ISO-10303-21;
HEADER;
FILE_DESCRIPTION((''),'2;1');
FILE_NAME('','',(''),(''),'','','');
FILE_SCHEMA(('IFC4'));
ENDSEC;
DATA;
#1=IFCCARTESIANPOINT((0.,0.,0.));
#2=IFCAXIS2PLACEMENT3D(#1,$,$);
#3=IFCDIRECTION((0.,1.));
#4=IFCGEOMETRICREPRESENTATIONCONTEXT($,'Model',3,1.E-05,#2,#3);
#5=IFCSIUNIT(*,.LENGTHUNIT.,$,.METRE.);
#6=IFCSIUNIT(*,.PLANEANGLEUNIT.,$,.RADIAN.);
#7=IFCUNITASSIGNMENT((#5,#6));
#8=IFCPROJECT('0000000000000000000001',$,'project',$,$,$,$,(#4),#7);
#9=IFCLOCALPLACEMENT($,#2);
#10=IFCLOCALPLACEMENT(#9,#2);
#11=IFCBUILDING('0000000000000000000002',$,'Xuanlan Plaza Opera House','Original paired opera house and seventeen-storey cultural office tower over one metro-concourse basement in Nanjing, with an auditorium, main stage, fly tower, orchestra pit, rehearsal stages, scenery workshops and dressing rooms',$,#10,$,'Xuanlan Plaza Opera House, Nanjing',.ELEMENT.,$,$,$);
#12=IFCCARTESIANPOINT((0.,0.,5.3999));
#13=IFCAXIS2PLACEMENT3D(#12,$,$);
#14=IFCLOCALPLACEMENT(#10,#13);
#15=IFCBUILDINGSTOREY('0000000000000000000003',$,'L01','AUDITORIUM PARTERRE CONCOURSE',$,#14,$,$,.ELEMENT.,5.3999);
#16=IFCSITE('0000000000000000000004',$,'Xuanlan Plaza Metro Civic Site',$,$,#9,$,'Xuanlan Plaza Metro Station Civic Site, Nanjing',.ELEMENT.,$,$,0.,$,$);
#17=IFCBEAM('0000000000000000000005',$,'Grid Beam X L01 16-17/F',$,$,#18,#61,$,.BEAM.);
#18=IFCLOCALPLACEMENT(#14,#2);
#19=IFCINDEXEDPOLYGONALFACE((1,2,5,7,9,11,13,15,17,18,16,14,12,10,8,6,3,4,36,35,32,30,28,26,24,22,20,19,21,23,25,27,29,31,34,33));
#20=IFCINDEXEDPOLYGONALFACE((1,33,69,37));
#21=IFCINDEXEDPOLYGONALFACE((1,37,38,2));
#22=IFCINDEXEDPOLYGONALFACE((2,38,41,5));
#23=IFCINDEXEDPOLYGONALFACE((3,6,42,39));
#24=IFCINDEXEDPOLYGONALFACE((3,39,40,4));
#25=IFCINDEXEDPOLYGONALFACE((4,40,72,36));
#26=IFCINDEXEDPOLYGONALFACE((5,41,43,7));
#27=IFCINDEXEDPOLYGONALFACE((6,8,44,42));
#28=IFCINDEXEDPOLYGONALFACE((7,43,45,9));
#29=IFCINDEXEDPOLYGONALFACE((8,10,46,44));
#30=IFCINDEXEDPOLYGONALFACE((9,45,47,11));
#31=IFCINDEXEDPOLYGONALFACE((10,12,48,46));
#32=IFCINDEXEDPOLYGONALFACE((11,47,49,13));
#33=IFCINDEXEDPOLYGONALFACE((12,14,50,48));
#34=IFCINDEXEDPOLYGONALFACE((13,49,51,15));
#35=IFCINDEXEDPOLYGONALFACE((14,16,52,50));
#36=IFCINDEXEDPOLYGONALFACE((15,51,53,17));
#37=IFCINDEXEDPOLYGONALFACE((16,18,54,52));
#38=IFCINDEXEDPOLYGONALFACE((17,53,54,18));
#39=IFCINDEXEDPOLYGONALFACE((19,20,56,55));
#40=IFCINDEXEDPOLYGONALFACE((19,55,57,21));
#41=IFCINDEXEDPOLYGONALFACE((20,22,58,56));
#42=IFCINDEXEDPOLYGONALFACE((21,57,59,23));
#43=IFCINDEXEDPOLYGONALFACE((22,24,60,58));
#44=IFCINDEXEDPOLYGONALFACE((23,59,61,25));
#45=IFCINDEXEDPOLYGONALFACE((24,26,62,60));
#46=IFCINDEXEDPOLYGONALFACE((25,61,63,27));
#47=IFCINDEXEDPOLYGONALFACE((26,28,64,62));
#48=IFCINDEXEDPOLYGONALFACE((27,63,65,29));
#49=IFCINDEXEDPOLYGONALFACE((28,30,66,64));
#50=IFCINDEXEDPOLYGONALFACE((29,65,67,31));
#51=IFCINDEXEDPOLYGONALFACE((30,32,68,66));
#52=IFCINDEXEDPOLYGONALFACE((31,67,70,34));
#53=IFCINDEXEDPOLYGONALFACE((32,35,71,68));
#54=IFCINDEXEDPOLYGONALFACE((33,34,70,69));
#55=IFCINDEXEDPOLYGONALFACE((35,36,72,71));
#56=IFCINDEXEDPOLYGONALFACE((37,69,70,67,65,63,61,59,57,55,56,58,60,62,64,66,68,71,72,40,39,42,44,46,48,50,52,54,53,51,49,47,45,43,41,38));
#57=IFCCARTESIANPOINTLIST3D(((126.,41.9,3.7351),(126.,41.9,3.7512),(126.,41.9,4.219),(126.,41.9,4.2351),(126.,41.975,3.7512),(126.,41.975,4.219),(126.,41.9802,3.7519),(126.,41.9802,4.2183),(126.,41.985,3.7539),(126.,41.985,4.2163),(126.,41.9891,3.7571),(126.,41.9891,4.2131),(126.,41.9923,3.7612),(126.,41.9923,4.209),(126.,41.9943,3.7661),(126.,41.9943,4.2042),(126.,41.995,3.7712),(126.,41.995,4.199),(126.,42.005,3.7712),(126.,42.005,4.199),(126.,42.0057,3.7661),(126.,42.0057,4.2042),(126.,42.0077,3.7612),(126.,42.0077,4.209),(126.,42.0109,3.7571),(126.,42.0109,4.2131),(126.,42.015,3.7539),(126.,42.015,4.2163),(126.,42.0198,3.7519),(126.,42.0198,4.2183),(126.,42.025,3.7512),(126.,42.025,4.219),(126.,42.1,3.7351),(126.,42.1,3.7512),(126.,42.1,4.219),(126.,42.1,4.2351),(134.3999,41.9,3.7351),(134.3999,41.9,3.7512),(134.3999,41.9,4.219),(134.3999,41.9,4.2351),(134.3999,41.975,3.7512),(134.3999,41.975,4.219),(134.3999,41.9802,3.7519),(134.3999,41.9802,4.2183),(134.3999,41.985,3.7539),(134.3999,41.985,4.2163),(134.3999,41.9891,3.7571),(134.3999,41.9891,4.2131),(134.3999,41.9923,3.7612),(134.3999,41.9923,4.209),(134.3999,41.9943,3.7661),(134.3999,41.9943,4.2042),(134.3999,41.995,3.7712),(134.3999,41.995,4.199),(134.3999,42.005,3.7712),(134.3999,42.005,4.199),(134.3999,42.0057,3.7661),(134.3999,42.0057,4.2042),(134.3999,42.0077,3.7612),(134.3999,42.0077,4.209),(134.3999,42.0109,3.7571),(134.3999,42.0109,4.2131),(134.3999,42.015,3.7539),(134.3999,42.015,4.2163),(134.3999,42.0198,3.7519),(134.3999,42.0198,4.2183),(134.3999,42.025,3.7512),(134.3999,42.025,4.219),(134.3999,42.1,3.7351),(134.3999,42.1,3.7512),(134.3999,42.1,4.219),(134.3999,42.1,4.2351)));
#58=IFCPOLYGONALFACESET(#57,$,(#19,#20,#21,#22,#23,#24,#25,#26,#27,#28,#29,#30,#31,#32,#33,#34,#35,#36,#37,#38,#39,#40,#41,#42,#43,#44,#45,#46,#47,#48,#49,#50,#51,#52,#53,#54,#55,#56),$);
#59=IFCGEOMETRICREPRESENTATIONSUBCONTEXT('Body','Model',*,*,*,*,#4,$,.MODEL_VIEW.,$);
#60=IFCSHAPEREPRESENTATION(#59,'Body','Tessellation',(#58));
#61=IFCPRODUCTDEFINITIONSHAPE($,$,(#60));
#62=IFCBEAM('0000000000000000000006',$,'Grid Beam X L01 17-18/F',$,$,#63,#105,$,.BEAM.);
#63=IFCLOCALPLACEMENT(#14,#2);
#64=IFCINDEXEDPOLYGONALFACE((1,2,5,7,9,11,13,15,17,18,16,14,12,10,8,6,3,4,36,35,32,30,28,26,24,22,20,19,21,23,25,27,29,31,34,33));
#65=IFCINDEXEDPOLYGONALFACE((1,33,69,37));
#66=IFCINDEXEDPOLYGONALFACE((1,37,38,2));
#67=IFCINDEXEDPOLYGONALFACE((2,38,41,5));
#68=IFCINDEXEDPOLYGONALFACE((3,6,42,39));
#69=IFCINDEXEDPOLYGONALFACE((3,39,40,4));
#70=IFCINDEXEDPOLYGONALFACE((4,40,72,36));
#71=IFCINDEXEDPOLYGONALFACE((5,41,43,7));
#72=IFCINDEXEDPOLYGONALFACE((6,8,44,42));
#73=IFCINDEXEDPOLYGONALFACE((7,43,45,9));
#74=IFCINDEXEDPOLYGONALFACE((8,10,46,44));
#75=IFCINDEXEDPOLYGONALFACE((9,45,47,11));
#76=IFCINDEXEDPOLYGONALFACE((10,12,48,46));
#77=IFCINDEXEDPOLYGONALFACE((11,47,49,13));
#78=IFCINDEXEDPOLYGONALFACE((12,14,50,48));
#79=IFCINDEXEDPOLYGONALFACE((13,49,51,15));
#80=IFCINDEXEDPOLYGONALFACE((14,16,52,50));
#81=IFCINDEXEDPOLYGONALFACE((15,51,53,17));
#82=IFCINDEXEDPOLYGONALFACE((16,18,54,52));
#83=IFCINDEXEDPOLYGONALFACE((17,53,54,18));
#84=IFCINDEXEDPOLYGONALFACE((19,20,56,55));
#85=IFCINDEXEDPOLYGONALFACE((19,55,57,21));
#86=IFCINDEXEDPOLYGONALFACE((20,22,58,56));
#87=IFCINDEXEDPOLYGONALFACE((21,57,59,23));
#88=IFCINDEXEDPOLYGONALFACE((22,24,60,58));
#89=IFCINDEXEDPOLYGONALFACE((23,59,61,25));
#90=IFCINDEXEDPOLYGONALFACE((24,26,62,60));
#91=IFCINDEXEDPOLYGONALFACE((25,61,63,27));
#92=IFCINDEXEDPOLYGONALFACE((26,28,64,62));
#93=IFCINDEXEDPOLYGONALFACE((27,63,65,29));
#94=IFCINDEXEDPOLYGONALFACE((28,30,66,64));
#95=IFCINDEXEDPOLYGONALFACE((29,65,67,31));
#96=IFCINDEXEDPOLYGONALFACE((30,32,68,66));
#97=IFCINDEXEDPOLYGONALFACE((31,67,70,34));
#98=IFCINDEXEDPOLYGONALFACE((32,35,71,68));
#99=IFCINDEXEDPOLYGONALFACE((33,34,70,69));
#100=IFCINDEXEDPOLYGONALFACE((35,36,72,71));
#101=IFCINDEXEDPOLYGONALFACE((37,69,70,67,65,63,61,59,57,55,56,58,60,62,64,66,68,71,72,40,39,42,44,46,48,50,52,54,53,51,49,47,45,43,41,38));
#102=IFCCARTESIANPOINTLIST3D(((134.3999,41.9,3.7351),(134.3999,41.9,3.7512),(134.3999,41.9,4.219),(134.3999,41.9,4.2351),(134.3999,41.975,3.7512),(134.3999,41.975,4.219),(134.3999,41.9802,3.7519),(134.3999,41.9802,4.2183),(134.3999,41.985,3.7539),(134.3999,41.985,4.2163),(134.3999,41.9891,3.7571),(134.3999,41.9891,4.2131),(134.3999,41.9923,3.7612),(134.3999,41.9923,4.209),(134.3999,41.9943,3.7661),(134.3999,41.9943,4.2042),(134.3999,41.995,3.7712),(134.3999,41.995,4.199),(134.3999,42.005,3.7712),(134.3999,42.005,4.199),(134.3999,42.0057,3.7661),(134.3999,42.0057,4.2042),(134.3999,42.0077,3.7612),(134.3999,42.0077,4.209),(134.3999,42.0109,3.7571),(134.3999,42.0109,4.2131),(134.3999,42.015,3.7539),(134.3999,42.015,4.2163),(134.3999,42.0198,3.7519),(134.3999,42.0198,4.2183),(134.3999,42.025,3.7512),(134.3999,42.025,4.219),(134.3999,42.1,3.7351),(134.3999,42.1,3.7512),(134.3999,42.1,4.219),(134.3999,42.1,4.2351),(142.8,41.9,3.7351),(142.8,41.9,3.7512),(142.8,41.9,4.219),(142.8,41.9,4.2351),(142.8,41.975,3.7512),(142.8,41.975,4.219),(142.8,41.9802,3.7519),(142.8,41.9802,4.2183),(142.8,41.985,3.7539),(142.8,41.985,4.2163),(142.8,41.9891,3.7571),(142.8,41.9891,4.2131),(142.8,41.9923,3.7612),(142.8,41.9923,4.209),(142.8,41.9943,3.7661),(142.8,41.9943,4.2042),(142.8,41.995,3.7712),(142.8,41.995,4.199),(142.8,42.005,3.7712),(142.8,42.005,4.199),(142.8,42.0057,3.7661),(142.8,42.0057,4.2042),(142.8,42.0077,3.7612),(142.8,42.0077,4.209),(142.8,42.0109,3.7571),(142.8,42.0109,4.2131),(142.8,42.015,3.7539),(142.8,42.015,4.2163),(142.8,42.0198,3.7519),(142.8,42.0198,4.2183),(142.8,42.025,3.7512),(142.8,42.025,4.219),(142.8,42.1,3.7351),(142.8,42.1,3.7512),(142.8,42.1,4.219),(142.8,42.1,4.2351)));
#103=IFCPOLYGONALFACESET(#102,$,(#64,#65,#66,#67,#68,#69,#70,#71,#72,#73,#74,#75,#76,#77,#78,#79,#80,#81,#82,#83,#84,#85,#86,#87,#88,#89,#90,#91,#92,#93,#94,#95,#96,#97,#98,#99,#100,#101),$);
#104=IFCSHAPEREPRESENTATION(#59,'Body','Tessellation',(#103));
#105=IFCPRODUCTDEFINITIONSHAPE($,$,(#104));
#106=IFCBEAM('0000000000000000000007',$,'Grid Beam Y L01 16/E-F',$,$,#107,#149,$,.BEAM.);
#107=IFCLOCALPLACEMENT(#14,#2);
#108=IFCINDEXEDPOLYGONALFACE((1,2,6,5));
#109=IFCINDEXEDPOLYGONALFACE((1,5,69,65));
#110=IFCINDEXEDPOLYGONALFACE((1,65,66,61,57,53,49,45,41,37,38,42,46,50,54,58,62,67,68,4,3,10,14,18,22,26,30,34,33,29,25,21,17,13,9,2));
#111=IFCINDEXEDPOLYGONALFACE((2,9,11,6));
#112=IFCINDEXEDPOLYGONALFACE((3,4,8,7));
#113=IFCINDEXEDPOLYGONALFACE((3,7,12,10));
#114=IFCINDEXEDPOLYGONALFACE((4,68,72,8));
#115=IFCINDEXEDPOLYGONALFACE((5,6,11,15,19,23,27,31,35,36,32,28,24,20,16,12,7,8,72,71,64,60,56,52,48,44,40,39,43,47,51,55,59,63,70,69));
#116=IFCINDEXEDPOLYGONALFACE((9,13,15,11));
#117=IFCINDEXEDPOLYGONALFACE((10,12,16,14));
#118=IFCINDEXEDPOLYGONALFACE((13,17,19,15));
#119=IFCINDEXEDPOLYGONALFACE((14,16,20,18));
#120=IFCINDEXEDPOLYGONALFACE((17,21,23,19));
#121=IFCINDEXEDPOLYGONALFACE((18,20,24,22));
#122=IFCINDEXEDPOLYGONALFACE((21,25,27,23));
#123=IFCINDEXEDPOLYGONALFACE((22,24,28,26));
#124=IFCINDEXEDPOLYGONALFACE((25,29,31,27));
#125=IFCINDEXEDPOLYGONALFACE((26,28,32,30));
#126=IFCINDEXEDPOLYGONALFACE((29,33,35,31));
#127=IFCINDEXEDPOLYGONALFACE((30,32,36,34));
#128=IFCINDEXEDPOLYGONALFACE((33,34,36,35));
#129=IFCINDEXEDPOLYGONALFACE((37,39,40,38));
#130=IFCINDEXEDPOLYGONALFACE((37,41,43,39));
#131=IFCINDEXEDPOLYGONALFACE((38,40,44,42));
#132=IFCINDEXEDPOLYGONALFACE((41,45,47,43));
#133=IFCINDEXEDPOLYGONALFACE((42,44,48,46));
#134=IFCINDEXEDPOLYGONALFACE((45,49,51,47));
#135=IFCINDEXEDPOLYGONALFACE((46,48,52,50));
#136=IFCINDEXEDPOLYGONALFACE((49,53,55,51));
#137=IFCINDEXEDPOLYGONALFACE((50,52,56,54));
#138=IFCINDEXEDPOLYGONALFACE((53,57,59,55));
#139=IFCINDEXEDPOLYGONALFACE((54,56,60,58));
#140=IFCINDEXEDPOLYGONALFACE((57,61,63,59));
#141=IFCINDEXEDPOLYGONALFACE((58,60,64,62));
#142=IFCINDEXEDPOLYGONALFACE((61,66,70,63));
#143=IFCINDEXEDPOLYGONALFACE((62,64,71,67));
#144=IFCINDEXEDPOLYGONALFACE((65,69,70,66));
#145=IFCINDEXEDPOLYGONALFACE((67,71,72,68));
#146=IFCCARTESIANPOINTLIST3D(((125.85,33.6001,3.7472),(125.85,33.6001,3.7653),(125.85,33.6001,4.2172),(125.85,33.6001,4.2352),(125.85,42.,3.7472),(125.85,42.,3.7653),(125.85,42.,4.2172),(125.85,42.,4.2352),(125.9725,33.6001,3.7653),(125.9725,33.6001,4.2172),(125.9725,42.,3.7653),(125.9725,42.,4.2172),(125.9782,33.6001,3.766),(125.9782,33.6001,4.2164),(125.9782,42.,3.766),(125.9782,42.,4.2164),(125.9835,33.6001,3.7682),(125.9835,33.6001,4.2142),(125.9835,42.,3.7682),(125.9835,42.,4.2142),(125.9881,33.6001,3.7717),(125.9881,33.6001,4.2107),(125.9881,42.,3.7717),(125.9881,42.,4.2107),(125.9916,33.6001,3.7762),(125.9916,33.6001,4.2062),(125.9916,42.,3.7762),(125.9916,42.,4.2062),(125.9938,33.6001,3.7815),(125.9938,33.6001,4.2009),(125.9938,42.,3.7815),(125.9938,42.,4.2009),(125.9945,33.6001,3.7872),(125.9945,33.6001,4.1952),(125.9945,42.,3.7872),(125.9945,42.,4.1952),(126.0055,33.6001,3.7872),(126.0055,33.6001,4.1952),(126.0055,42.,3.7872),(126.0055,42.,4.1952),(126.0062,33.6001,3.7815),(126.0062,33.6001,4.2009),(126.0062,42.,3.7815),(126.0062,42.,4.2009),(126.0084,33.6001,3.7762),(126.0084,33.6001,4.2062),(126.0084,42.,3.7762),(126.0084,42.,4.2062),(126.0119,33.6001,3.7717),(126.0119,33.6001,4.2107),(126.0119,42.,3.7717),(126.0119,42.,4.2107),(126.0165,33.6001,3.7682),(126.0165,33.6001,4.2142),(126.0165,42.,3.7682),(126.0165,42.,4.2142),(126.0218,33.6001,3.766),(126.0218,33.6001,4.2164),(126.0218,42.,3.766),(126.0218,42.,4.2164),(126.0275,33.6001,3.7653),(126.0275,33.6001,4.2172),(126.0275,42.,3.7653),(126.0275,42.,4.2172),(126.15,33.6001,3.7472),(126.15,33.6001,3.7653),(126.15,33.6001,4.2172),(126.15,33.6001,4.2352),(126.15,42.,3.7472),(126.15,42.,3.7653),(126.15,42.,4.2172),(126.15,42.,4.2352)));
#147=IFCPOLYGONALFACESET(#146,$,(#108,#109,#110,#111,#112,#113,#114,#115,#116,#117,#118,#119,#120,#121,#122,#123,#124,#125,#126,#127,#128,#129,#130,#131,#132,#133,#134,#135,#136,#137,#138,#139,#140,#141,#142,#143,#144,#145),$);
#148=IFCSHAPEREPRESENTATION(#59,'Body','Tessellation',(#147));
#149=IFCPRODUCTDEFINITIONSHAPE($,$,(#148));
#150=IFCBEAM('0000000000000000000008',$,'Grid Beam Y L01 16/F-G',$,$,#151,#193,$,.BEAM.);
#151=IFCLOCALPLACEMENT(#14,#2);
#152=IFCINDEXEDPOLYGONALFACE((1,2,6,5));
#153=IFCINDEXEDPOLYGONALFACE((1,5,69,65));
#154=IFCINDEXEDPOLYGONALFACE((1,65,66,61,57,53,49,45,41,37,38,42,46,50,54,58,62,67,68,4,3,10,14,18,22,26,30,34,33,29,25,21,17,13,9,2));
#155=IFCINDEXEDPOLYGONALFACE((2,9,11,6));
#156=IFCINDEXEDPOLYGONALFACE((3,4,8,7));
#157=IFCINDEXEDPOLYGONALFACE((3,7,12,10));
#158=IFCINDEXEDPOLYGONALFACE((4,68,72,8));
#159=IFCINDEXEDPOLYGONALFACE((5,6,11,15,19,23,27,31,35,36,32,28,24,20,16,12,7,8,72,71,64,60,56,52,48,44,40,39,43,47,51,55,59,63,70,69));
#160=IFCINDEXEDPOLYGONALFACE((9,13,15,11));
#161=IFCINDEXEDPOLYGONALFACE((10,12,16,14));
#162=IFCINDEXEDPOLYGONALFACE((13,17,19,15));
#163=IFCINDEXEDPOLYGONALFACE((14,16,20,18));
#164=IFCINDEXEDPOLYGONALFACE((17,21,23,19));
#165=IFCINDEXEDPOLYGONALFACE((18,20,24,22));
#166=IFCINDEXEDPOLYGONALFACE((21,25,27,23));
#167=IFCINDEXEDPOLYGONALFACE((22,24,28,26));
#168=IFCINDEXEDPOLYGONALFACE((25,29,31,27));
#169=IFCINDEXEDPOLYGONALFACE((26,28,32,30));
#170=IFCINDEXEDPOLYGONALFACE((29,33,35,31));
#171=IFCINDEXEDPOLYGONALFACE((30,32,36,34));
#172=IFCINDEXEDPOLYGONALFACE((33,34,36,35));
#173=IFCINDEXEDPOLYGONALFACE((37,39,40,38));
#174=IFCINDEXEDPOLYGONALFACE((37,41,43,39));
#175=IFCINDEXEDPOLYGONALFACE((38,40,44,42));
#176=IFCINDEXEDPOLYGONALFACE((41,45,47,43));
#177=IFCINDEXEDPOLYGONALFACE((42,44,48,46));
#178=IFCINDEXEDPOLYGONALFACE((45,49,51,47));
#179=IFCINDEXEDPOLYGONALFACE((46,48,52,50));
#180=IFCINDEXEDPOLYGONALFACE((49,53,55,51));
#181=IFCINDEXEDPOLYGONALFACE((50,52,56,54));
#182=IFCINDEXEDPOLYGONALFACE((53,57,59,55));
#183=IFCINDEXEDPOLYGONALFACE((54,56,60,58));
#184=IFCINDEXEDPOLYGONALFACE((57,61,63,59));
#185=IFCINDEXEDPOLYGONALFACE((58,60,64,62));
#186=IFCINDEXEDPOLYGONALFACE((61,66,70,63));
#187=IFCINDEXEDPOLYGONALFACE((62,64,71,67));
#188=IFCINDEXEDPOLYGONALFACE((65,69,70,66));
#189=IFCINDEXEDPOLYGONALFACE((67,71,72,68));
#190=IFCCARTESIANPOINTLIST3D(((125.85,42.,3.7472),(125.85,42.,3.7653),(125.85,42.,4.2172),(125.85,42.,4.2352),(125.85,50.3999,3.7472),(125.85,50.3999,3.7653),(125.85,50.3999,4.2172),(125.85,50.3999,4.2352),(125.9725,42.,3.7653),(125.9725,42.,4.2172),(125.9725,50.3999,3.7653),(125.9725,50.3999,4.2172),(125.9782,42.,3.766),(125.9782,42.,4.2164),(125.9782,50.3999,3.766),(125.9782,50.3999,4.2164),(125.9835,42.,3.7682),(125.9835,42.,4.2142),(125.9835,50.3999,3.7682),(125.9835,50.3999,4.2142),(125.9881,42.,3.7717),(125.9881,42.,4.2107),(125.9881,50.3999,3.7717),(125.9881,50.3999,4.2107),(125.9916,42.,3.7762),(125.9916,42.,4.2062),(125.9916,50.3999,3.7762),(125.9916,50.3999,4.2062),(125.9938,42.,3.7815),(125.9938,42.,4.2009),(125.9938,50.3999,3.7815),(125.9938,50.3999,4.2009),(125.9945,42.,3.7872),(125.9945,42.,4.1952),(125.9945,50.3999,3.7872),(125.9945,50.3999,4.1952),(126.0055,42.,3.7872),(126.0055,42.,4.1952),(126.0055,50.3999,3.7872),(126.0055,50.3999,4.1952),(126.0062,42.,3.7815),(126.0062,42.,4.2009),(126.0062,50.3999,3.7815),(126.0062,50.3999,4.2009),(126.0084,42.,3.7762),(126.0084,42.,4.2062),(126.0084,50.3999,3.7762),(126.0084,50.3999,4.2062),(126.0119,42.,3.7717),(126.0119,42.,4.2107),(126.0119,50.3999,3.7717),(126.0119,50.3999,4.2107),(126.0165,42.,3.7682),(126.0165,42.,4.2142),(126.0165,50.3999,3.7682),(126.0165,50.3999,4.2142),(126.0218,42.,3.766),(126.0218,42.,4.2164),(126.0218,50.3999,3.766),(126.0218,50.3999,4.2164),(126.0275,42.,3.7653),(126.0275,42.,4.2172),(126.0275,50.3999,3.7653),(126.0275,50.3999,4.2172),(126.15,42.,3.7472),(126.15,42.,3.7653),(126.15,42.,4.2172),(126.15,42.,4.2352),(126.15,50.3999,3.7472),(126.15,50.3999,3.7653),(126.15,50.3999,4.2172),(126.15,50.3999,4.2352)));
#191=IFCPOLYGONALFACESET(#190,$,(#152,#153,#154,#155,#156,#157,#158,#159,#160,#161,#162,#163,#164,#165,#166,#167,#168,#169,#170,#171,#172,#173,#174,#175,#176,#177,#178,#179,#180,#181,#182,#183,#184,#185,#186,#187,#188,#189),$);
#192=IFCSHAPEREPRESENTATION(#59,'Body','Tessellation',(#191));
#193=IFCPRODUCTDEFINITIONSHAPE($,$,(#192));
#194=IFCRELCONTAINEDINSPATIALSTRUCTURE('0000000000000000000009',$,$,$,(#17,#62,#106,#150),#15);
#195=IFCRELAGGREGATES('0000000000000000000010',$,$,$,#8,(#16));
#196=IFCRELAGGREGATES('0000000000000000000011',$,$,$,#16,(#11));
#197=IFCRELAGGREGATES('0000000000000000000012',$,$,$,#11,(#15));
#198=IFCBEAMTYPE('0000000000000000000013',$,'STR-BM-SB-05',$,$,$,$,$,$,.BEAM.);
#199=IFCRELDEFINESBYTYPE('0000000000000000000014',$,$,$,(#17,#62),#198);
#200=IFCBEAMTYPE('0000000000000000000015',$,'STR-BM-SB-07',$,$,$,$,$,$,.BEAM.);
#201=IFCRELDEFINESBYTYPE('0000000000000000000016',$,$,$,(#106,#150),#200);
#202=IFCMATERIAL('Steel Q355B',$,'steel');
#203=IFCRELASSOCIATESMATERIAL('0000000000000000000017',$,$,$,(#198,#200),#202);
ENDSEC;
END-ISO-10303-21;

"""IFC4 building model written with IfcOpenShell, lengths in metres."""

from ifc_helpers import new_model, si_unit, direction, frame, origin, origin_2d, place, context, subcontext, project, spatial, i_section, extrude, material, material_profile, profile_set, type_object, element, save


model = new_model("IFC4")

# Units and contexts
model_context = context("Model", 3, precision=1e-05, world=origin(), true_north=direction((0.0, 1.0)))
body_context = subcontext(model_context, "Body", "Model", "MODEL_VIEW")
ifc_project = project(units=[si_unit("LENGTHUNIT", "METRE"), si_unit("PLANEANGLEUNIT", "RADIAN")], contexts=[model_context])

# Site, building, storey
site_placement = place(None, origin())
site = spatial("IfcSite", under=ifc_project, at=site_placement, Name="Xuanlan Plaza Metro Civic Site", LongName="Xuanlan Plaza Metro Station Civic Site, Nanjing", CompositionType="ELEMENT", RefElevation=0.0)
building_placement = place(site_placement, origin())
building = spatial("IfcBuilding", under=site, at=building_placement, Name="Xuanlan Plaza Opera House", Description="Original paired opera house and seventeen-storey cultural office tower over one metro-concourse basement in Nanjing, with an auditorium, main stage, fly tower, orchestra pit, rehearsal stages, scenery workshops and dressing rooms", LongName="Xuanlan Plaza Opera House, Nanjing", CompositionType="ELEMENT")
storey_placement = place(building_placement, frame((0.0, 0.0, 5.3999)))
storey = spatial("IfcBuildingStorey", under=building, at=storey_placement, Name="L01", Description="AUDITORIUM PARTERRE CONCOURSE", CompositionType="ELEMENT", Elevation=5.3999)

# Beams
ifc_material_1 = material(Name="Steel Q355B", Category="steel")
ifc_material_profile_1 = material_profile(ifc_material_1, i_section(OverallWidth=0.2, OverallDepth=0.5, WebThickness=0.01, FlangeThickness=0.0161, FilletRadius=0.02, at=origin_2d()), Name="HN 500x200x10x16")
ifc_profile_set_1 = profile_set([ifc_material_profile_1], Name="Steel Q355B")
beam_type_1 = type_object("IfcBeamType", Name="STR-BM-SB-05", PredefinedType="BEAM", material=ifc_profile_set_1)
beam_1_placement = place(storey_placement, frame((126.0, 42.0, 3.9851), z_axis=(1.0, 0.0, 0.0), x_axis=(0.0, 1.0, 0.0)))
element("IfcBeam", 1, at=beam_1_placement, inside=storey, type_object=beam_type_1, Name="Grid Beam X L01 16-17/F", PredefinedType="BEAM", context=body_context, shape_type="SweptSolid", body=[
    extrude(i_section(OverallWidth=0.2, OverallDepth=0.5, WebThickness=0.01, FlangeThickness=0.0161, FilletRadius=0.02, at=origin_2d()), origin(), (0.0, 0.0, 1.0), 8.3999),
])
beam_2_placement = place(storey_placement, frame((134.3999, 42.0, 3.9851), z_axis=(1.0, 0.0, 0.0), x_axis=(0.0, 1.0, 0.0)))
element("IfcBeam", 2, at=beam_2_placement, inside=storey, type_object=beam_type_1, Name="Grid Beam X L01 17-18/F", PredefinedType="BEAM", context=body_context, shape_type="SweptSolid", body=[
    extrude(i_section(OverallWidth=0.2, OverallDepth=0.5, WebThickness=0.01, FlangeThickness=0.0161, FilletRadius=0.02, at=origin_2d()), origin(), (0.0, 0.0, 1.0), 8.4001),
])
ifc_material_profile_2 = material_profile(ifc_material_1, i_section(OverallWidth=0.3, OverallDepth=0.488, WebThickness=0.011, FlangeThickness=0.0181, FilletRadius=0.022, at=origin_2d()), Name="HM 488x300x11x18")
ifc_profile_set_2 = profile_set([ifc_material_profile_2], Name="Steel Q355B")
beam_type_2 = type_object("IfcBeamType", Name="STR-BM-SB-07", PredefinedType="BEAM", material=ifc_profile_set_2)
for number, where, z_axis, x_axis, name in (
    (3, (126.0, 33.6001, 3.9912), (0.0, 1.0, 0.0), (-1.0, 0.0, 0.0), "Grid Beam Y L01 16/E-F"),
    (4, (126.0, 42.0, 3.9912), (0.0, 1.0, 0.0), (-1.0, 0.0, 0.0), "Grid Beam Y L01 16/F-G"),
):
    element("IfcBeam", number, at=place(storey_placement, frame(where, z_axis=z_axis, x_axis=x_axis)), inside=storey, type_object=beam_type_2, Name=name, PredefinedType="BEAM", context=body_context, shape_type="SweptSolid", body=[
        extrude(i_section(OverallWidth=0.3, OverallDepth=0.488, WebThickness=0.011, FlangeThickness=0.0181, FilletRadius=0.022, at=origin_2d()), origin(), (0.0, 0.0, 1.0), 8.3999),
    ])

save(model, "model.ifc")
